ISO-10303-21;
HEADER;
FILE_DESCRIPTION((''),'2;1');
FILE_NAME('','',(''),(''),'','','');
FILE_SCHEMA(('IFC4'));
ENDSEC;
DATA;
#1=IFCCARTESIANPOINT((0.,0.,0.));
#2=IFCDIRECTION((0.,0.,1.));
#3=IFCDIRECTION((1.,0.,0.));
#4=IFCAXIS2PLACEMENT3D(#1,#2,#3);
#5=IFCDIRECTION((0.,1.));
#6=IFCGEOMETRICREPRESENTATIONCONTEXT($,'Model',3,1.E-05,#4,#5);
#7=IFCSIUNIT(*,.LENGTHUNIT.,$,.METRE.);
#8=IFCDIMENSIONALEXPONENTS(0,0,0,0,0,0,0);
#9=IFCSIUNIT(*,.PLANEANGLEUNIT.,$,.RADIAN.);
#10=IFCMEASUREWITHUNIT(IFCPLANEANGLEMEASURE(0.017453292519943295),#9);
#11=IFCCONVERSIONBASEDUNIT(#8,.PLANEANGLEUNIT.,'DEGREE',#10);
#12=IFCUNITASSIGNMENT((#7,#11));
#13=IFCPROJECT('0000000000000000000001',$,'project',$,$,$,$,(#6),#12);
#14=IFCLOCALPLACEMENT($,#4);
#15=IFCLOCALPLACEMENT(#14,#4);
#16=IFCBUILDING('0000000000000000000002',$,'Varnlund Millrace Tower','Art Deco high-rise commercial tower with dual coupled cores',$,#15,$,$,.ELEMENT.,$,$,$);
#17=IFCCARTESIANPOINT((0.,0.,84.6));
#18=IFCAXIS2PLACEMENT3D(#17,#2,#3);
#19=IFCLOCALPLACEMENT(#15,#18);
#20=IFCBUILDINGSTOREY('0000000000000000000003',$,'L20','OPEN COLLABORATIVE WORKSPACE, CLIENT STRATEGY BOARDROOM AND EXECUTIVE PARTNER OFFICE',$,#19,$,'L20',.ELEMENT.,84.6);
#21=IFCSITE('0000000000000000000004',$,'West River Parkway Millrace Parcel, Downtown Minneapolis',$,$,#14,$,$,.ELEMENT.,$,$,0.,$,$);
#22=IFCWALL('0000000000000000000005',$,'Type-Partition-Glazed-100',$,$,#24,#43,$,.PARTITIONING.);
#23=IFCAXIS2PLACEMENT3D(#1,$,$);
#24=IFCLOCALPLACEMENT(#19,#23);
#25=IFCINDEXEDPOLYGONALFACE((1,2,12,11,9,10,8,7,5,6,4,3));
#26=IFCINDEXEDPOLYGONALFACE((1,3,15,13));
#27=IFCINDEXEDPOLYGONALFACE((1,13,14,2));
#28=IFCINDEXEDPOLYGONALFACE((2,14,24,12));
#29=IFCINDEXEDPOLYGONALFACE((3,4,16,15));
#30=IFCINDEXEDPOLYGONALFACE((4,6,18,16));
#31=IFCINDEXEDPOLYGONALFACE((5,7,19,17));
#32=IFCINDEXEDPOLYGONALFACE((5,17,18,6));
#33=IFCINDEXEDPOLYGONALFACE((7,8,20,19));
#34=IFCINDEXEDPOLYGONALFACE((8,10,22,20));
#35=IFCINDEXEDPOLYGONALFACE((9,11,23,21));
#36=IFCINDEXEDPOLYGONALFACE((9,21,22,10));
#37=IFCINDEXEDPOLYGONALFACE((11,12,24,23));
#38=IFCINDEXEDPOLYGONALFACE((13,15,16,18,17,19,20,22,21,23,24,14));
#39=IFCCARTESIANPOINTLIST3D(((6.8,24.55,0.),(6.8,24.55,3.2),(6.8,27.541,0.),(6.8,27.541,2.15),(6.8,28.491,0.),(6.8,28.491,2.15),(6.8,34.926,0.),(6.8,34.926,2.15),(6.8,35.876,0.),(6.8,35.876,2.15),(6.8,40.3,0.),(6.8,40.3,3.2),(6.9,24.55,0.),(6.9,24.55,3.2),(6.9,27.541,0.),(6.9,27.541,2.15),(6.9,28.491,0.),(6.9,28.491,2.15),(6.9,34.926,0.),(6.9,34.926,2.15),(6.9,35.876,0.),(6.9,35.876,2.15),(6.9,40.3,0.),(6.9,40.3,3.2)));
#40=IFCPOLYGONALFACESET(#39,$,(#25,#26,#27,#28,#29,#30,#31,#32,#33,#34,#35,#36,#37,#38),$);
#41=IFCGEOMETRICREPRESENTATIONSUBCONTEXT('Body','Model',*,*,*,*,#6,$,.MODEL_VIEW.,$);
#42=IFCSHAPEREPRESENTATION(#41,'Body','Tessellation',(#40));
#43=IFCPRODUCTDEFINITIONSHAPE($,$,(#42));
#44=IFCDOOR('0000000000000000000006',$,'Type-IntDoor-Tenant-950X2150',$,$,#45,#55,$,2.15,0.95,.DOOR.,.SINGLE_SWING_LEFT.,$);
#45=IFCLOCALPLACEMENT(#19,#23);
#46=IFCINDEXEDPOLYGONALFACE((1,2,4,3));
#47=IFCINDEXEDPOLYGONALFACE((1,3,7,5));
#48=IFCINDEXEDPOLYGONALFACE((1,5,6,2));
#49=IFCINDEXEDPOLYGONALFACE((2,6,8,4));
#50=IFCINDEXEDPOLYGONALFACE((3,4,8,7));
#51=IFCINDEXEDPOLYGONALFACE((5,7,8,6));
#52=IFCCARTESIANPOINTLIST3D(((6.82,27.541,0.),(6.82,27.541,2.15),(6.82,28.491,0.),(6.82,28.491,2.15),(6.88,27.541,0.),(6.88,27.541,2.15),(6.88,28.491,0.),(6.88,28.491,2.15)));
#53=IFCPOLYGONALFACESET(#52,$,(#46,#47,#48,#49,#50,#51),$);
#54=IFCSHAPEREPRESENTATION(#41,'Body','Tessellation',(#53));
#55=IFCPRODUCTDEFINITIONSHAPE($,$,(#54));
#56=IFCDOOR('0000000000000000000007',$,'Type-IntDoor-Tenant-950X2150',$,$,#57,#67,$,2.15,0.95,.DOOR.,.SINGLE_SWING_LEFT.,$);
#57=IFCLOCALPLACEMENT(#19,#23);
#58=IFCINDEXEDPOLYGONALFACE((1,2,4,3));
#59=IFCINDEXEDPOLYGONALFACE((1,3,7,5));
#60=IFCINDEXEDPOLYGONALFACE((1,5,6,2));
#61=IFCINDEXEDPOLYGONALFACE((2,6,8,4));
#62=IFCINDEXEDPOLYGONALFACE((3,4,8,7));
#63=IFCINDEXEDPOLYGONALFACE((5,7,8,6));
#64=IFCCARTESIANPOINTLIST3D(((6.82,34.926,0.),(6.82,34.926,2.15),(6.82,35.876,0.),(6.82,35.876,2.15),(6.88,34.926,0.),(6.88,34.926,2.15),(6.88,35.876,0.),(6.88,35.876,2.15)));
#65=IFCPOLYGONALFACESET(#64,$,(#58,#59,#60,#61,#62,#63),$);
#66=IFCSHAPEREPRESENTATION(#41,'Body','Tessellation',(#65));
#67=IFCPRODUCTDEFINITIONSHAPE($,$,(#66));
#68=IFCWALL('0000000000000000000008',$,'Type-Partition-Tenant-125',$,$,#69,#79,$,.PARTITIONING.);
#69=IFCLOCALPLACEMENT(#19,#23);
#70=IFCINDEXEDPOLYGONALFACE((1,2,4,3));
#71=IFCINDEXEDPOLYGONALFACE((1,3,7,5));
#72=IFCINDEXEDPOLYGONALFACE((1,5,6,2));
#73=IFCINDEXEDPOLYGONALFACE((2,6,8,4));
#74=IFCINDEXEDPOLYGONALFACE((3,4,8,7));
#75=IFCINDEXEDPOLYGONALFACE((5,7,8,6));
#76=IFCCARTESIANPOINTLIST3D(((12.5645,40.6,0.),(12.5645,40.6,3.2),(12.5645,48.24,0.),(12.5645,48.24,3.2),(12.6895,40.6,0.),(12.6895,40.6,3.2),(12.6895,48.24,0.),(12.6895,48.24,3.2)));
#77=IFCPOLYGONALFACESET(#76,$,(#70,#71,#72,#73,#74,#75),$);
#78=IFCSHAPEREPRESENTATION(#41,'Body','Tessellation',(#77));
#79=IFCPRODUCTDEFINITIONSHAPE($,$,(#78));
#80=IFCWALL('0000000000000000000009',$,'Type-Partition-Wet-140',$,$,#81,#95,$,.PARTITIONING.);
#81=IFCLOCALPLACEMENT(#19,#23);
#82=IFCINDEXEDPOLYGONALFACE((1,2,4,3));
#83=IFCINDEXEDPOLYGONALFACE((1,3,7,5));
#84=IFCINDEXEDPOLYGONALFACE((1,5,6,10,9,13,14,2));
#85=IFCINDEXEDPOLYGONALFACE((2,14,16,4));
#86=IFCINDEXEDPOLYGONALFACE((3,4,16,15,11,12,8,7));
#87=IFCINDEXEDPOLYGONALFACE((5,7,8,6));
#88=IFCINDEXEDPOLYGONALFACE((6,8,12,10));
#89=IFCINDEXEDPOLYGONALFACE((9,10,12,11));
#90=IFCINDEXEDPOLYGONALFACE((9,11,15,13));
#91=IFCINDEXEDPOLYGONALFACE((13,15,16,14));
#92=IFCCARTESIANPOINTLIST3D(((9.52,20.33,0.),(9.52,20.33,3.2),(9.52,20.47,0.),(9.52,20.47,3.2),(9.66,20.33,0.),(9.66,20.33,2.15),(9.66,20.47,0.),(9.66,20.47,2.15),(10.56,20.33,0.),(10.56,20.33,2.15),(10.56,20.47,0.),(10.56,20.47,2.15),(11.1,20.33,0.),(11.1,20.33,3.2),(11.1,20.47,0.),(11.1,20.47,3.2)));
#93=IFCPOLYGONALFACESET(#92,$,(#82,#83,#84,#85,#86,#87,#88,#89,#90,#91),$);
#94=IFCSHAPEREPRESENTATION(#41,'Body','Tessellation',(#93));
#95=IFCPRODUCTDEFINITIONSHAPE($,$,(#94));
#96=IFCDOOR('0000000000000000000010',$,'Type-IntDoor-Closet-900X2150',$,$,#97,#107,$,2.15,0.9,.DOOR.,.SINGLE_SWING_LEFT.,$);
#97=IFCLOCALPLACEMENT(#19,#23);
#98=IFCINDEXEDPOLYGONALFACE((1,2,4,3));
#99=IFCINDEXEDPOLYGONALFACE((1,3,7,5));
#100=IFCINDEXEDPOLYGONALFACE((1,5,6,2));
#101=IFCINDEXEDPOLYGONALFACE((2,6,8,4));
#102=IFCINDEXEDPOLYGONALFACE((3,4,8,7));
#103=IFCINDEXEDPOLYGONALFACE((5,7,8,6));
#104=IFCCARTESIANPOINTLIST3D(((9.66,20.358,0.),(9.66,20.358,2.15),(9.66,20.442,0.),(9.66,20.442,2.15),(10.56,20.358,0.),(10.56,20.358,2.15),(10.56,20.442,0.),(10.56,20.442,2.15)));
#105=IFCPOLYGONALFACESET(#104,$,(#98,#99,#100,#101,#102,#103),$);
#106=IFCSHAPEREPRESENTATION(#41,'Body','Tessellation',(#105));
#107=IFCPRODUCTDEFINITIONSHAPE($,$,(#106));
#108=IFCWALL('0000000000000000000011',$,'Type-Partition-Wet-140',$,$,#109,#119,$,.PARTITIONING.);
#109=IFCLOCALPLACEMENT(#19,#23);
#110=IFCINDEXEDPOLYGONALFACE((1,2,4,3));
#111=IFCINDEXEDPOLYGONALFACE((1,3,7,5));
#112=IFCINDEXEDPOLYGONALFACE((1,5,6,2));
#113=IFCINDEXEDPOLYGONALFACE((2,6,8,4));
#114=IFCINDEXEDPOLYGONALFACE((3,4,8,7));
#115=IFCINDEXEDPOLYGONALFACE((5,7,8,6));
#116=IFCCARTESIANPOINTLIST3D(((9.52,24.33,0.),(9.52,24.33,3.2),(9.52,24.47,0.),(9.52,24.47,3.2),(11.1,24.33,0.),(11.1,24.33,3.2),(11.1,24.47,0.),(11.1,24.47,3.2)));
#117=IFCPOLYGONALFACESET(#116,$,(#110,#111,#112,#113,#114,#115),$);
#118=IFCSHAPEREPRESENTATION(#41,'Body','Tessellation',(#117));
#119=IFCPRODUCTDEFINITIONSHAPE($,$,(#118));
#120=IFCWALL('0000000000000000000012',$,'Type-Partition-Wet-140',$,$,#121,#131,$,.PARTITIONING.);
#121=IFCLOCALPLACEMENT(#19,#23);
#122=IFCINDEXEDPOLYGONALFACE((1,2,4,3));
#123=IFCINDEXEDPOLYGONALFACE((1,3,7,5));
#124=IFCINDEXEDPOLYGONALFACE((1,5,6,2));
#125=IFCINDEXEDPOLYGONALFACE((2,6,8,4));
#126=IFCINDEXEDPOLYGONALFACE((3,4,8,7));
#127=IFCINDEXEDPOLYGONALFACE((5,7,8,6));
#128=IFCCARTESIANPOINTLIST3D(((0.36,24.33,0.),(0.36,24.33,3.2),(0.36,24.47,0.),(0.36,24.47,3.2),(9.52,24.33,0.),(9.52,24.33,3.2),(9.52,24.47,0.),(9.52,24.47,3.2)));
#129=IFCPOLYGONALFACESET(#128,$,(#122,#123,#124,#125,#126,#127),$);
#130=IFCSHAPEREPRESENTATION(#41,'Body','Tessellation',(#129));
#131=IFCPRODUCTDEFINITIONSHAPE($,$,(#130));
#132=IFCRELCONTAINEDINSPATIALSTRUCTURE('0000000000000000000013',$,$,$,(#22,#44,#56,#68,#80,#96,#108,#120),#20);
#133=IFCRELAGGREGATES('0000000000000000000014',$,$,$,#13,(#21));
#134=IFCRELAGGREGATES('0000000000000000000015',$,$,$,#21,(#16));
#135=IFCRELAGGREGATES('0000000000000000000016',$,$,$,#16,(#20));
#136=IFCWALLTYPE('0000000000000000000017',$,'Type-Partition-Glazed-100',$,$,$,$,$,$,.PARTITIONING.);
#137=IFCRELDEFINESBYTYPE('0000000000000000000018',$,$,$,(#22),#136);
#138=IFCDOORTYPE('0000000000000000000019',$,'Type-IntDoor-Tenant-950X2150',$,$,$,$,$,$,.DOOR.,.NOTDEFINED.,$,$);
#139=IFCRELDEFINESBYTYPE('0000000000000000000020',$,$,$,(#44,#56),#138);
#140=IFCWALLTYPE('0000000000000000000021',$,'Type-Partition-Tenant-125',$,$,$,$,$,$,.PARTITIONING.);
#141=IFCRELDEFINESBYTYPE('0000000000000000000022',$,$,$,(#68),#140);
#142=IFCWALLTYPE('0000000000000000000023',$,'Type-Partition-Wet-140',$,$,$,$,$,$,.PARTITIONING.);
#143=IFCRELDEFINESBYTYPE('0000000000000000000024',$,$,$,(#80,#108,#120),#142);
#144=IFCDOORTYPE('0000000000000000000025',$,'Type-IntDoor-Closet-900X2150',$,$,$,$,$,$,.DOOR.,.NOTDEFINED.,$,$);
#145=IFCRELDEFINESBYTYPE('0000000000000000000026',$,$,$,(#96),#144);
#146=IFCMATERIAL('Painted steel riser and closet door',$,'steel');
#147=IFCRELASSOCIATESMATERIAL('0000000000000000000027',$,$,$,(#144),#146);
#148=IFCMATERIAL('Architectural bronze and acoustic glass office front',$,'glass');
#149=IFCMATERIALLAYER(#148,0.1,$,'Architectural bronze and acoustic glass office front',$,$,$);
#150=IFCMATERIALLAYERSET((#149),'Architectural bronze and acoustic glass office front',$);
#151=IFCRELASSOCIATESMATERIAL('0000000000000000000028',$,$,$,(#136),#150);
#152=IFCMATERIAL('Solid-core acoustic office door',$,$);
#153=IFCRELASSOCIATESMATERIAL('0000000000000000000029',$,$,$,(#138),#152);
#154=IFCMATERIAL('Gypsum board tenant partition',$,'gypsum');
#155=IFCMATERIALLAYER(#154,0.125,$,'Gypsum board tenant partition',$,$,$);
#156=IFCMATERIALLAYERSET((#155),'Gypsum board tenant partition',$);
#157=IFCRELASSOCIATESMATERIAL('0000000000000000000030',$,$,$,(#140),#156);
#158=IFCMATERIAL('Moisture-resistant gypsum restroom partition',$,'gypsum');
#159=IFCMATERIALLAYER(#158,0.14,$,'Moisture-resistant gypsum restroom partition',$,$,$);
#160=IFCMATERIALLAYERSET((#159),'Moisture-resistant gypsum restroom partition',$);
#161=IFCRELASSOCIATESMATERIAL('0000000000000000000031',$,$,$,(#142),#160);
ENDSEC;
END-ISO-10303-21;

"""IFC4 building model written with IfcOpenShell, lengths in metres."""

from ifc_helpers import new_model, entity, si_unit, converted_unit, direction, frame, origin_with_axes, origin_2d_with_axis, place, context, subcontext, project, spatial, polyline, rectangle, outline, extrude, material, layer, layer_set, type_object, element, fill, save


model = new_model("IFC4")

# Units and contexts
model_context = context("Model", 3, precision=1e-05, world=origin_with_axes(), true_north=direction((0.0, 1.0)))
body_context = subcontext(model_context, "Body", "Model", "MODEL_VIEW")
ifc_project = project(units=[si_unit("LENGTHUNIT", "METRE"), converted_unit("PLANEANGLEUNIT", "DEGREE", entity("IfcPlaneAngleMeasure", 0.017453292519943295), si_unit("PLANEANGLEUNIT", "RADIAN"), dimensions=[0, 0, 0, 0, 0, 0, 0])], contexts=[model_context])

# Site, building, storey
site_placement = place(None, origin_with_axes())
site = spatial("IfcSite", under=ifc_project, at=site_placement, Name="West River Parkway Millrace Parcel, Downtown Minneapolis", CompositionType="ELEMENT", RefElevation=0.0)
building_placement = place(site_placement, origin_with_axes())
building = spatial("IfcBuilding", under=site, at=building_placement, Name="Varnlund Millrace Tower", Description="Art Deco high-rise commercial tower with dual coupled cores", CompositionType="ELEMENT")
storey_placement = place(building_placement, frame((0.0, 0.0, 84.6), z_axis=(0.0, 0.0, 1.0), x_axis=(1.0, 0.0, 0.0)))
storey = spatial("IfcBuildingStorey", under=building, at=storey_placement, Name="L20", Description="OPEN COLLABORATIVE WORKSPACE, CLIENT STRATEGY BOARDROOM AND EXECUTIVE PARTNER OFFICE", LongName="L20", CompositionType="ELEMENT", Elevation=84.6)

# Shared definitions
ifc_material_1 = material(Name="Painted steel riser and closet door", Category="steel")
door_type_1 = type_object("IfcDoorType", Name="Type-IntDoor-Closet-900X2150", OperationType="NOTDEFINED", PredefinedType="DOOR", material=ifc_material_1)

# Wall, openings, doors
ifc_material_2 = material(Name="Architectural bronze and acoustic glass office front", Category="glass")
ifc_layer_1 = layer(ifc_material_2, 0.1, Name="Architectural bronze and acoustic glass office front")
ifc_layer_set_1 = layer_set([ifc_layer_1], Name="Architectural bronze and acoustic glass office front")
wall_type_1 = type_object("IfcWallType", Name="Type-Partition-Glazed-100", PredefinedType="PARTITIONING", material=ifc_layer_set_1)
wall_1_placement = place(storey_placement, frame((6.85, 24.55, 0.0), z_axis=(0.0, 0.0, 1.0), x_axis=(0.0, 1.0, 0.0)))
wall_1 = element("IfcWall", 1, at=wall_1_placement, inside=storey, type_object=wall_type_1, Name="Type-Partition-Glazed-100", PredefinedType="PARTITIONING", context=body_context, shape_type="SweptSolid", body=[
    extrude(outline(polyline([(0.0, -0.05), (15.75, -0.05), (15.75, 0.05), (0.0, 0.05), (0.0, -0.05)])), origin_with_axes(), (0.0, 0.0, 1.0), 3.2),
])
opening_1_placement = place(wall_1_placement, frame((3.466, 0.0, 0.0), z_axis=(0.0, 0.0, 1.0), x_axis=(1.0, 0.0, 0.0)))
opening_1 = element("IfcOpeningElement", 2, at=opening_1_placement, cuts=wall_1, PredefinedType="OPENING", context=body_context, shape_type="SweptSolid", body=[
    extrude(rectangle(XDim=0.95, YDim=0.12, at=origin_2d_with_axis()), origin_with_axes(), (0.0, 0.0, 1.0), 2.15),
])
opening_2_placement = place(wall_1_placement, frame((10.851, 0.0, 0.0), z_axis=(0.0, 0.0, 1.0), x_axis=(1.0, 0.0, 0.0)))
opening_2 = element("IfcOpeningElement", 3, at=opening_2_placement, cuts=wall_1, PredefinedType="OPENING", context=body_context, shape_type="SweptSolid", body=[
    extrude(rectangle(XDim=0.95, YDim=0.12, at=origin_2d_with_axis()), origin_with_axes(), (0.0, 0.0, 1.0), 2.15),
])
ifc_material_3 = material(Name="Solid-core acoustic office door")
door_type_2 = type_object("IfcDoorType", Name="Type-IntDoor-Tenant-950X2150", OperationType="NOTDEFINED", PredefinedType="DOOR", material=ifc_material_3)
door_1_placement = place(wall_1_placement, frame((3.466, 0.0, 0.0), z_axis=(0.0, 0.0, 1.0), x_axis=(1.0, 0.0, 0.0)))
door_1 = element("IfcDoor", 4, at=door_1_placement, inside=storey, type_object=door_type_2, Name="Type-IntDoor-Tenant-950X2150", OperationType="SINGLE_SWING_LEFT", OverallHeight=2.15, OverallWidth=0.95, PredefinedType="DOOR", context=body_context, shape_type="SweptSolid", body=[
    extrude(rectangle(XDim=0.95, YDim=0.06, at=origin_2d_with_axis()), origin_with_axes(), (0.0, 0.0, 1.0), 2.15),
])
fill(opening_1, door_1)
door_2_placement = place(wall_1_placement, frame((10.851, 0.0, 0.0), z_axis=(0.0, 0.0, 1.0), x_axis=(1.0, 0.0, 0.0)))
door_2 = element("IfcDoor", 5, at=door_2_placement, inside=storey, type_object=door_type_2, Name="Type-IntDoor-Tenant-950X2150", OperationType="SINGLE_SWING_LEFT", OverallHeight=2.15, OverallWidth=0.95, PredefinedType="DOOR", context=body_context, shape_type="SweptSolid", body=[
    extrude(rectangle(XDim=0.95, YDim=0.06, at=origin_2d_with_axis()), origin_with_axes(), (0.0, 0.0, 1.0), 2.15),
])
fill(opening_2, door_2)

# Wall
ifc_material_4 = material(Name="Gypsum board tenant partition", Category="gypsum")
ifc_layer_2 = layer(ifc_material_4, 0.125, Name="Gypsum board tenant partition")
ifc_layer_set_2 = layer_set([ifc_layer_2], Name="Gypsum board tenant partition")
wall_type_2 = type_object("IfcWallType", Name="Type-Partition-Tenant-125", PredefinedType="PARTITIONING", material=ifc_layer_set_2)
wall_2_placement = place(storey_placement, frame((12.627, 40.6, 0.0), z_axis=(0.0, 0.0, 1.0), x_axis=(0.0, 1.0, 0.0)))
element("IfcWall", 6, at=wall_2_placement, inside=storey, type_object=wall_type_2, Name="Type-Partition-Tenant-125", PredefinedType="PARTITIONING", context=body_context, shape_type="SweptSolid", body=[
    extrude(outline(polyline([(0.0, -0.0625), (7.64, -0.0625), (7.64, 0.0625), (0.0, 0.0625), (0.0, -0.0625)])), origin_with_axes(), (0.0, 0.0, 1.0), 3.2),
])

# Wall, opening, door
ifc_material_5 = material(Name="Moisture-resistant gypsum restroom partition", Category="gypsum")
ifc_layer_3 = layer(ifc_material_5, 0.14, Name="Moisture-resistant gypsum restroom partition")
ifc_layer_set_3 = layer_set([ifc_layer_3], Name="Moisture-resistant gypsum restroom partition")
wall_type_3 = type_object("IfcWallType", Name="Type-Partition-Wet-140", PredefinedType="PARTITIONING", material=ifc_layer_set_3)
wall_3_placement = place(storey_placement, frame((9.52, 20.4, 0.0), z_axis=(0.0, 0.0, 1.0), x_axis=(1.0, 0.0, 0.0)))
wall_3 = element("IfcWall", 7, at=wall_3_placement, inside=storey, type_object=wall_type_3, Name="Type-Partition-Wet-140", PredefinedType="PARTITIONING", context=body_context, shape_type="SweptSolid", body=[
    extrude(outline(polyline([(0.0, -0.07), (1.58, -0.07), (1.58, 0.07), (0.0, 0.07), (0.0, -0.07)])), origin_with_axes(), (0.0, 0.0, 1.0), 3.2),
])
opening_3_placement = place(wall_3_placement, frame((0.59, 0.0, 0.0), z_axis=(0.0, 0.0, 1.0), x_axis=(1.0, 0.0, 0.0)))
opening_3 = element("IfcOpeningElement", 8, at=opening_3_placement, cuts=wall_3, PredefinedType="OPENING", context=body_context, shape_type="SweptSolid", body=[
    extrude(rectangle(XDim=0.9, YDim=0.16, at=origin_2d_with_axis()), origin_with_axes(), (0.0, 0.0, 1.0), 2.15),
])
door_3_placement = place(wall_3_placement, frame((0.59, 0.0, 0.0), z_axis=(0.0, 0.0, 1.0), x_axis=(1.0, 0.0, 0.0)))
door_3 = element("IfcDoor", 9, at=door_3_placement, inside=storey, type_object=door_type_1, Name="Type-IntDoor-Closet-900X2150", OperationType="SINGLE_SWING_LEFT", OverallHeight=2.15, OverallWidth=0.9, PredefinedType="DOOR", context=body_context, shape_type="SweptSolid", body=[
    extrude(rectangle(XDim=0.9, YDim=0.084, at=origin_2d_with_axis()), origin_with_axes(), (0.0, 0.0, 1.0), 2.15),
])
fill(opening_3, door_3)

# Walls
wall_4_placement = place(storey_placement, frame((9.52, 24.4, 0.0), z_axis=(0.0, 0.0, 1.0), x_axis=(1.0, 0.0, 0.0)))
element("IfcWall", 10, at=wall_4_placement, inside=storey, type_object=wall_type_3, Name="Type-Partition-Wet-140", PredefinedType="PARTITIONING", context=body_context, shape_type="SweptSolid", body=[
    extrude(outline(polyline([(0.0, -0.07), (1.58, -0.07), (1.58, 0.07), (0.0, 0.07), (0.0, -0.07)])), origin_with_axes(), (0.0, 0.0, 1.0), 3.2),
])
wall_5_placement = place(storey_placement, frame((0.36, 24.4, 0.0), z_axis=(0.0, 0.0, 1.0), x_axis=(1.0, 0.0, 0.0)))
element("IfcWall", 11, at=wall_5_placement, inside=storey, type_object=wall_type_3, Name="Type-Partition-Wet-140", PredefinedType="PARTITIONING", context=body_context, shape_type="SweptSolid", body=[
    extrude(outline(polyline([(0.0, -0.07), (9.16, -0.07), (9.16, 0.07), (0.0, 0.07), (0.0, -0.07)])), origin_with_axes(), (0.0, 0.0, 1.0), 3.2),
])

save(model, "model.ifc")
